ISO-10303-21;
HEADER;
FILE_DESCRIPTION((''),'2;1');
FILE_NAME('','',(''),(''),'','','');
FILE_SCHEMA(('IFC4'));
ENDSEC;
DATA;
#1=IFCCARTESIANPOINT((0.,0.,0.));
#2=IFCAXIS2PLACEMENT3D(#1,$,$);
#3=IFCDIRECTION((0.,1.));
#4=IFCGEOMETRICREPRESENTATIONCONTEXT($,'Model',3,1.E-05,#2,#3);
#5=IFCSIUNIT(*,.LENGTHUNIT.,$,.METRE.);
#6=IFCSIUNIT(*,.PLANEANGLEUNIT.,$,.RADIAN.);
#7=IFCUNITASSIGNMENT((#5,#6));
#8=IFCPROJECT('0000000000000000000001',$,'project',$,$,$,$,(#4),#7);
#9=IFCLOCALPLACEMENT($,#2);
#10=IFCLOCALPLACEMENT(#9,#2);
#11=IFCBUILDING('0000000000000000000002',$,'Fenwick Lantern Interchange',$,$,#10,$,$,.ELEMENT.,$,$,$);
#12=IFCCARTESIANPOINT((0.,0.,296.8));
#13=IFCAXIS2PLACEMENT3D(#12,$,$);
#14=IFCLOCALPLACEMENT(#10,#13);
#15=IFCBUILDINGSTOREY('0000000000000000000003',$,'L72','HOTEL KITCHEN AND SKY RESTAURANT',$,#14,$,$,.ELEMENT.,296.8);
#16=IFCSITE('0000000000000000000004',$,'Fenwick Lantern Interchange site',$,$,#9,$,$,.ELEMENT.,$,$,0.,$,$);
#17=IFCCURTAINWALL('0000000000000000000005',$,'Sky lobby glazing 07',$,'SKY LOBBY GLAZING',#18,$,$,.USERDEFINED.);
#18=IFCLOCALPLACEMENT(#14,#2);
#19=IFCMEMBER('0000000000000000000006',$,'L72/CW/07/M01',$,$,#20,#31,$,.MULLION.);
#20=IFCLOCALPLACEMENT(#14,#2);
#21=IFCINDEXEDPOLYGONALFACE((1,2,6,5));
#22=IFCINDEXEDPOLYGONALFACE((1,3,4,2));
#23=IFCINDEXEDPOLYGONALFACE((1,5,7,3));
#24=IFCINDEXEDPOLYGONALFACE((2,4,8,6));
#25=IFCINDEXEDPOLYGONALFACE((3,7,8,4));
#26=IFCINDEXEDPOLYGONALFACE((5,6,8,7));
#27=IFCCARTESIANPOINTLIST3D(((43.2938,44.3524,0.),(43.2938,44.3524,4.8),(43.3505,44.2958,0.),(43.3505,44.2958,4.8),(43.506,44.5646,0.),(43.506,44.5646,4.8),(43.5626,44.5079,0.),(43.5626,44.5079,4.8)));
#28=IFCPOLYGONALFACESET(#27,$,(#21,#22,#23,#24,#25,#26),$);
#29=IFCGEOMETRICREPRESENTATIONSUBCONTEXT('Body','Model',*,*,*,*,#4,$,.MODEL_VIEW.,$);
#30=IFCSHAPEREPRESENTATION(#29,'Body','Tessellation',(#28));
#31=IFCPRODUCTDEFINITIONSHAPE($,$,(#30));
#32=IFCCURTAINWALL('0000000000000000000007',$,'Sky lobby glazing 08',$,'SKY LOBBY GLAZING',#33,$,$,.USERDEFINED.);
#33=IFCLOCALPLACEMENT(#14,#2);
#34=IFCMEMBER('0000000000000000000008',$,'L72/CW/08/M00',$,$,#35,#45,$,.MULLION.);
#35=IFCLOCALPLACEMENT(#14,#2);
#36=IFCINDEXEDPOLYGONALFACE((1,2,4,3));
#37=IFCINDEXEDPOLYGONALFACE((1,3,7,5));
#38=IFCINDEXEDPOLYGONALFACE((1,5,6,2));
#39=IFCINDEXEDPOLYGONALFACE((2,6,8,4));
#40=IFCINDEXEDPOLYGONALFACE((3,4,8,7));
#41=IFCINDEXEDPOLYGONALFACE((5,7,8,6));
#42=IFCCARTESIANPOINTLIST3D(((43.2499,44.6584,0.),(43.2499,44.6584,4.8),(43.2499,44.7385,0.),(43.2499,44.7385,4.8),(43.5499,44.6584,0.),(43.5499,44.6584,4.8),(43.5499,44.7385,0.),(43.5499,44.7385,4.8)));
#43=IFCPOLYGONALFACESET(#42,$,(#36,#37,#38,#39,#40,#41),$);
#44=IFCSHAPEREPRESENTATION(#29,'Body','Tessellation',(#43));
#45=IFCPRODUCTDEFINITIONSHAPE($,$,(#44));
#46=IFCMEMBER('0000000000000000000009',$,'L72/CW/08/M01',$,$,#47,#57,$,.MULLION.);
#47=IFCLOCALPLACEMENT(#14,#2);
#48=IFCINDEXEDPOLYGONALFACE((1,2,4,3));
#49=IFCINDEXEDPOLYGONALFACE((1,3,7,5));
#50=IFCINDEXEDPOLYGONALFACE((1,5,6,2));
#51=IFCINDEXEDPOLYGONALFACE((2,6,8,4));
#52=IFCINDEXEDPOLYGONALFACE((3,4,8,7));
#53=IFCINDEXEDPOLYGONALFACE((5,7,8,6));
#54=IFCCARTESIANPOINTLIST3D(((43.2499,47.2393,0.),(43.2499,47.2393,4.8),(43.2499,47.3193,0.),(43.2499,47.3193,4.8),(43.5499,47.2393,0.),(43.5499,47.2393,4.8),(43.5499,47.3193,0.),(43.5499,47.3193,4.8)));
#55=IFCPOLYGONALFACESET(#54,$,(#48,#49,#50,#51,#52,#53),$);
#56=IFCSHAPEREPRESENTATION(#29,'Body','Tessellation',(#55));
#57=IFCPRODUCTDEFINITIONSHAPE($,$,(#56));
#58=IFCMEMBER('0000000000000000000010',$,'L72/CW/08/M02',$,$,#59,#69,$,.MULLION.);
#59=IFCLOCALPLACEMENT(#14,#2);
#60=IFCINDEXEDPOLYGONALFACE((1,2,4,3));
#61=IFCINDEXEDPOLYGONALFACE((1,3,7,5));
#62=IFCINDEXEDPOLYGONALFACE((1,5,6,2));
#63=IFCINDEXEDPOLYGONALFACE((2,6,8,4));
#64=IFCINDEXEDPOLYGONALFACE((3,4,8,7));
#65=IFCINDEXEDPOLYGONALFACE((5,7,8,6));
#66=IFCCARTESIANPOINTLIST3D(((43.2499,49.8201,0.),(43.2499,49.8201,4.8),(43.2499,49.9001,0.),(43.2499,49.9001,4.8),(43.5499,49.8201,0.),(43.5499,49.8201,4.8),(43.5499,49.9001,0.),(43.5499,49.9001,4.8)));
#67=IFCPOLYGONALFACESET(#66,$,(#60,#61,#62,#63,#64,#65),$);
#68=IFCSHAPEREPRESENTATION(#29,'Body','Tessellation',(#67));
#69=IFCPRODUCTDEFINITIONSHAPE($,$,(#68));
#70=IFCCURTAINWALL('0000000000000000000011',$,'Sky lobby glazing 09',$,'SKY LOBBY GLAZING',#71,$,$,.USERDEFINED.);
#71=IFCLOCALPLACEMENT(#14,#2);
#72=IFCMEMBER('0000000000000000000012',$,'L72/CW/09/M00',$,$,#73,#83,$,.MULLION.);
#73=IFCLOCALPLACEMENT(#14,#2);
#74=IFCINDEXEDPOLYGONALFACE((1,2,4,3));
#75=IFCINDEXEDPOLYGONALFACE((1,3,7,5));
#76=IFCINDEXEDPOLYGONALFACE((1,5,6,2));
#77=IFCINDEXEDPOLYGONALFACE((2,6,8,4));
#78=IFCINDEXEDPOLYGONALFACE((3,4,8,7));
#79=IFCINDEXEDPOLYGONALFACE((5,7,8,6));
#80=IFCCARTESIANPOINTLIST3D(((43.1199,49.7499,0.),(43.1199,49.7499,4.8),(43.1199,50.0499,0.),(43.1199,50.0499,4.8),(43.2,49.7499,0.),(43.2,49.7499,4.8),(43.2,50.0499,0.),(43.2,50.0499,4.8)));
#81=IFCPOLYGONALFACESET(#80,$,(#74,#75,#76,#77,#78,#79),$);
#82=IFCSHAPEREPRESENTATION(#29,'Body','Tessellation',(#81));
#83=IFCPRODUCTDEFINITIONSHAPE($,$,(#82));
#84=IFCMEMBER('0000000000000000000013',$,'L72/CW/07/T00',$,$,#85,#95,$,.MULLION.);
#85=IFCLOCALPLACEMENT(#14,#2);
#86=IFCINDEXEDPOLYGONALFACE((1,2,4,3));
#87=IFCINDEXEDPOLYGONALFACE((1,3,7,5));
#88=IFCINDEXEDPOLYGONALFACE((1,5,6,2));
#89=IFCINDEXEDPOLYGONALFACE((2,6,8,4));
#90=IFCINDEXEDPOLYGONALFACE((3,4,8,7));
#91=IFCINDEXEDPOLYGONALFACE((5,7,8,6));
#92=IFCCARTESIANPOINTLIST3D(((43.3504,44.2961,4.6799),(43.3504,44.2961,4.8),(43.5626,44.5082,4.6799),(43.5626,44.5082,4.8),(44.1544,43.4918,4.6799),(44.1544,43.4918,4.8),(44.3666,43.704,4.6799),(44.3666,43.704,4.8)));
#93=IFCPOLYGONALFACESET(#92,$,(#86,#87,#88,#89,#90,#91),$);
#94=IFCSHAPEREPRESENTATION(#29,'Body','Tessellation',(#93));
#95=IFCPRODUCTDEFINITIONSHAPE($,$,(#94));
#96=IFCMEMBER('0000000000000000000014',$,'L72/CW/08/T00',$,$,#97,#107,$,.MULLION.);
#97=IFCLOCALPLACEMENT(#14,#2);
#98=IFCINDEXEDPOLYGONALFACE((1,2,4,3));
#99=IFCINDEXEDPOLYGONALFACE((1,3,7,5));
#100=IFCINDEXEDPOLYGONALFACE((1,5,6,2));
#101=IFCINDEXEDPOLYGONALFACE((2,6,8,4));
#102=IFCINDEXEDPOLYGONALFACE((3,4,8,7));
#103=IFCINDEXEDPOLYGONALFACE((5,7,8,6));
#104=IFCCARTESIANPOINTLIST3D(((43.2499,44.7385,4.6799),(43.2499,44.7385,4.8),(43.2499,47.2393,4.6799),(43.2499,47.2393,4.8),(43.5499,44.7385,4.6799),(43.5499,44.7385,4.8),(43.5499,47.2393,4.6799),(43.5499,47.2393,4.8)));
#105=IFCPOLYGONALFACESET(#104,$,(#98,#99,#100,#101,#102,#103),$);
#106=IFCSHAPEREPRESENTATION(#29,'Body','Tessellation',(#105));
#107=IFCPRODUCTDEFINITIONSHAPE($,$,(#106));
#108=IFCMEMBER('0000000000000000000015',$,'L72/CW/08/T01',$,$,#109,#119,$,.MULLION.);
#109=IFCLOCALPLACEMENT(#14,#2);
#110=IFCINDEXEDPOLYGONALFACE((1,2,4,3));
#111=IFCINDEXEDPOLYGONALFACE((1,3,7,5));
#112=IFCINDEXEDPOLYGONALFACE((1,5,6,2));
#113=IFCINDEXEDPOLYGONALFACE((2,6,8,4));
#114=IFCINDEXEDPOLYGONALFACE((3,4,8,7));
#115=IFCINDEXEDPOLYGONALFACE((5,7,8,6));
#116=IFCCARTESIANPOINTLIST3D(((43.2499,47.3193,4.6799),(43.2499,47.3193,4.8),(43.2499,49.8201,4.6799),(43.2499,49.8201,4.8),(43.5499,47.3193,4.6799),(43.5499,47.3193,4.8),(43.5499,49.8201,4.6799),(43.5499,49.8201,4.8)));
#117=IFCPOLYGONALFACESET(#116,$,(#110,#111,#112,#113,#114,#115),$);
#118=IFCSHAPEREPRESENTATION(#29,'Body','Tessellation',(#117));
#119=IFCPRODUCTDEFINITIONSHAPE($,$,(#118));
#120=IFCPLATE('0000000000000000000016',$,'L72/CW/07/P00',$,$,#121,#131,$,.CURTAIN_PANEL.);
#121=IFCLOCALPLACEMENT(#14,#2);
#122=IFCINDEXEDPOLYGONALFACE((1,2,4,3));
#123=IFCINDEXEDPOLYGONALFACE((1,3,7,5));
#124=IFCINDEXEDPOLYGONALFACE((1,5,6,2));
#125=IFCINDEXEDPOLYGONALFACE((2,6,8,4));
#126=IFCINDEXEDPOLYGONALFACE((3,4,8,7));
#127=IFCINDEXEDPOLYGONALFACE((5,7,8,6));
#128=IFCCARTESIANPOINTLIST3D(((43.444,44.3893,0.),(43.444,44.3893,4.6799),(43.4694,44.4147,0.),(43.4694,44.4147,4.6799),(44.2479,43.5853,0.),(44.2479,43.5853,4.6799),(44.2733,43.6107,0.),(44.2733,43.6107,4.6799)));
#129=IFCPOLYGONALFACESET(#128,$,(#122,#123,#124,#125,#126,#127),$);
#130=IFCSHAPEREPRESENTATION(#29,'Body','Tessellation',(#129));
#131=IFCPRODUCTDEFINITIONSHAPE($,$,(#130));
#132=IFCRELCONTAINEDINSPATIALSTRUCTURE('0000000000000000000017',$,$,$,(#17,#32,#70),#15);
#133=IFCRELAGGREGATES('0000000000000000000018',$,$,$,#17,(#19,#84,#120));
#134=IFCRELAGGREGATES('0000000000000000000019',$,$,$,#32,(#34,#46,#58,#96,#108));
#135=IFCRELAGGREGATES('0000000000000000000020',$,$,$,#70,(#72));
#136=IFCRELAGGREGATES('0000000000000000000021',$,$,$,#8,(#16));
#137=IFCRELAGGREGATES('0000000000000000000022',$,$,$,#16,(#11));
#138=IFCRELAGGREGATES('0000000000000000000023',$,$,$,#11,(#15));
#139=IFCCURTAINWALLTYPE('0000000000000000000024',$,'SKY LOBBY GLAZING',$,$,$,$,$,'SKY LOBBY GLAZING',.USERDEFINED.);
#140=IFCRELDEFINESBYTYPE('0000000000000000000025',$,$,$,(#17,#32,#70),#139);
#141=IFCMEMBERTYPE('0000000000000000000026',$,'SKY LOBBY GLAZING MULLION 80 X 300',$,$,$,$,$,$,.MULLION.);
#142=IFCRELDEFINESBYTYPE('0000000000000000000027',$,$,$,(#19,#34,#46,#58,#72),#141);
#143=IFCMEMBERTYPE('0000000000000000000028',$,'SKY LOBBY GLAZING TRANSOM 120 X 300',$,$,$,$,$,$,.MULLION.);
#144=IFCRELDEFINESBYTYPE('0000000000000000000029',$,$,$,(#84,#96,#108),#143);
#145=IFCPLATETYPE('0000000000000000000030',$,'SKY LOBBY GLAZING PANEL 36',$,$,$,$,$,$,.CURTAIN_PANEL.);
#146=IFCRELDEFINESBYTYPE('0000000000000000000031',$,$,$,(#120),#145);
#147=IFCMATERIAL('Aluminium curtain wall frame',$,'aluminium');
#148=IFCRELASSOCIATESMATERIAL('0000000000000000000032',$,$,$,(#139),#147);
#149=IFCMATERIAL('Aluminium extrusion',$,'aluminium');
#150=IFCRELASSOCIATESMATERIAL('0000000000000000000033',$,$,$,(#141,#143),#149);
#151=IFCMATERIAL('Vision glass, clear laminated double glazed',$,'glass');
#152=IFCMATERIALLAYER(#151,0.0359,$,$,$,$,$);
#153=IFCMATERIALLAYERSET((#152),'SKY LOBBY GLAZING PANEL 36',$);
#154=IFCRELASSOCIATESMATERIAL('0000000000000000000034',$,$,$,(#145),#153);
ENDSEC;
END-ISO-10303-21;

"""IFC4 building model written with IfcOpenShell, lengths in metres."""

from ifc_helpers import new_model, si_unit, direction, frame, origin, origin_2d, place, context, subcontext, project, spatial, rectangle, extrude, material, layer, layer_set, material_profile, profile_set, type_object, element, aggregate, save


model = new_model("IFC4")

# Units and contexts
model_context = context("Model", 3, precision=1e-05, world=origin(), true_north=direction((0.0, 1.0)))
body_context = subcontext(model_context, "Body", "Model", "MODEL_VIEW")
ifc_project = project(units=[si_unit("LENGTHUNIT", "METRE"), si_unit("PLANEANGLEUNIT", "RADIAN")], contexts=[model_context])

# Site, building, storey
site_placement = place(None, origin())
site = spatial("IfcSite", under=ifc_project, at=site_placement, Name="Fenwick Lantern Interchange site", CompositionType="ELEMENT", RefElevation=0.0)
building_placement = place(site_placement, origin())
building = spatial("IfcBuilding", under=site, at=building_placement, Name="Fenwick Lantern Interchange", CompositionType="ELEMENT")
storey_placement = place(building_placement, frame((0.0, 0.0, 296.8)))
storey = spatial("IfcBuildingStorey", under=building, at=storey_placement, Name="L72", Description="HOTEL KITCHEN AND SKY RESTAURANT", CompositionType="ELEMENT", Elevation=296.8)

# Curtain wall, member
ifc_material_1 = material(Name="Aluminium curtain wall frame", Category="aluminium")
curtain_wall_type = type_object("IfcCurtainWallType", Name="SKY LOBBY GLAZING", ElementType="SKY LOBBY GLAZING", PredefinedType="USERDEFINED", material=ifc_material_1)
curtain_wall_1_placement = place(storey_placement, origin())
curtain_wall_1 = element("IfcCurtainWall", 1, at=curtain_wall_1_placement, inside=storey, type_object=curtain_wall_type, Name="Sky lobby glazing 07", ObjectType="SKY LOBBY GLAZING", PredefinedType="USERDEFINED")
ifc_material_2 = material(Name="Aluminium extrusion", Category="aluminium")
ifc_material_profile_1 = material_profile(ifc_material_2, rectangle(XDim=0.3, YDim=0.0801, at=origin_2d()), Name="SKY LOBBY GLAZING MULLION 80 X 300")
ifc_profile_set_1 = profile_set([ifc_material_profile_1], Name="Aluminium extrusion")
member_type_1 = type_object("IfcMemberType", Name="SKY LOBBY GLAZING MULLION 80 X 300", PredefinedType="MULLION", material=ifc_profile_set_1)
member_1_placement = place(storey_placement, frame((43.4282, 44.4302, 0.0), z_axis=(0.0, 0.0, 1.0), x_axis=(-0.707107, -0.707107, 0.0)))
member_1 = element("IfcMember", 2, at=member_1_placement, type_object=member_type_1, Name="L72/CW/07/M01", PredefinedType="MULLION", context=body_context, shape_type="SweptSolid", body=[
    extrude(rectangle(XDim=0.3, YDim=0.0801, at=origin_2d()), origin(), (0.0, 0.0, 1.0), 4.8),
])

# Curtain wall, members
curtain_wall_2_placement = place(storey_placement, origin())
curtain_wall_2 = element("IfcCurtainWall", 3, at=curtain_wall_2_placement, inside=storey, type_object=curtain_wall_type, Name="Sky lobby glazing 08", ObjectType="SKY LOBBY GLAZING", PredefinedType="USERDEFINED")
member_2_placement = place(storey_placement, frame((43.3999, 44.6985, 0.0), z_axis=(0.0, 0.0, 1.0), x_axis=(-1.0, 0.0, 0.0)))
member_2 = element("IfcMember", 4, at=member_2_placement, type_object=member_type_1, Name="L72/CW/08/M00", PredefinedType="MULLION", context=body_context, shape_type="SweptSolid", body=[
    extrude(rectangle(XDim=0.3, YDim=0.0801, at=origin_2d()), origin(), (0.0, 0.0, 1.0), 4.8),
])
member_3_placement = place(storey_placement, frame((43.3999, 47.2793, 0.0), z_axis=(0.0, 0.0, 1.0), x_axis=(-1.0, 0.0, 0.0)))
member_3 = element("IfcMember", 5, at=member_3_placement, type_object=member_type_1, Name="L72/CW/08/M01", PredefinedType="MULLION", context=body_context, shape_type="SweptSolid", body=[
    extrude(rectangle(XDim=0.3, YDim=0.0801, at=origin_2d()), origin(), (0.0, 0.0, 1.0), 4.8),
])
member_4_placement = place(storey_placement, frame((43.3999, 49.8601, 0.0), z_axis=(0.0, 0.0, 1.0), x_axis=(-1.0, 0.0, 0.0)))
member_4 = element("IfcMember", 6, at=member_4_placement, type_object=member_type_1, Name="L72/CW/08/M02", PredefinedType="MULLION", context=body_context, shape_type="SweptSolid", body=[
    extrude(rectangle(XDim=0.3, YDim=0.0801, at=origin_2d()), origin(), (0.0, 0.0, 1.0), 4.8),
])

# Curtain wall, member
curtain_wall_3_placement = place(storey_placement, origin())
curtain_wall_3 = element("IfcCurtainWall", 7, at=curtain_wall_3_placement, inside=storey, type_object=curtain_wall_type, Name="Sky lobby glazing 09", ObjectType="SKY LOBBY GLAZING", PredefinedType="USERDEFINED")
member_5_placement = place(storey_placement, frame((43.1599, 49.8999, 0.0), z_axis=(0.0, 0.0, 1.0), x_axis=(0.0, -1.0, 0.0)))
member_5 = element("IfcMember", 8, at=member_5_placement, type_object=member_type_1, Name="L72/CW/09/M00", PredefinedType="MULLION", context=body_context, shape_type="SweptSolid", body=[
    extrude(rectangle(XDim=0.3, YDim=0.0801, at=origin_2d()), origin(), (0.0, 0.0, 1.0), 4.8),
])

# Members
ifc_material_profile_2 = material_profile(ifc_material_2, rectangle(XDim=0.3, YDim=0.1201, at=origin_2d()), Name="SKY LOBBY GLAZING TRANSOM 120 X 300")
ifc_profile_set_2 = profile_set([ifc_material_profile_2], Name="Aluminium extrusion")
member_type_2 = type_object("IfcMemberType", Name="SKY LOBBY GLAZING TRANSOM 120 X 300", PredefinedType="MULLION", material=ifc_profile_set_2)
member_6_placement = place(storey_placement, frame((44.2605, 43.5979, 4.74), z_axis=(-0.706999, 0.707214, 0.0), x_axis=(-0.707214, -0.706999, 0.0)))
member_6 = element("IfcMember", 9, at=member_6_placement, type_object=member_type_2, Name="L72/CW/07/T00", PredefinedType="MULLION", context=body_context, shape_type="SweptSolid", body=[
    extrude(rectangle(XDim=0.3, YDim=0.1201, at=origin_2d()), origin(), (0.0, 0.0, 1.0), 1.1372),
])
member_7_placement = place(storey_placement, frame((43.3999, 44.7385, 4.74), z_axis=(0.0, 1.0, 0.0), x_axis=(-1.0, 0.0, 0.0)))
member_7 = element("IfcMember", 10, at=member_7_placement, type_object=member_type_2, Name="L72/CW/08/T00", PredefinedType="MULLION", context=body_context, shape_type="SweptSolid", body=[
    extrude(rectangle(XDim=0.3, YDim=0.1201, at=origin_2d()), origin(), (0.0, 0.0, 1.0), 2.5007),
])
member_8_placement = place(storey_placement, frame((43.3999, 47.3193, 4.74), z_axis=(0.0, 1.0, 0.0), x_axis=(-1.0, 0.0, 0.0)))
member_8 = element("IfcMember", 11, at=member_8_placement, type_object=member_type_2, Name="L72/CW/08/T01", PredefinedType="MULLION", context=body_context, shape_type="SweptSolid", body=[
    extrude(rectangle(XDim=0.3, YDim=0.1201, at=origin_2d()), origin(), (0.0, 0.0, 1.0), 2.5007),
])

# Plate
ifc_material_3 = material(Name="Vision glass, clear laminated double glazed", Category="glass")
ifc_layer_1 = layer(ifc_material_3, 0.0359)
ifc_layer_set_1 = layer_set([ifc_layer_1], Name="SKY LOBBY GLAZING PANEL 36")
plate_type = type_object("IfcPlateType", Name="SKY LOBBY GLAZING PANEL 36", PredefinedType="CURTAIN_PANEL", material=ifc_layer_set_1)
plate_1_placement = place(storey_placement, frame((43.8586, 44.0, 0.0), z_axis=(0.0, 0.0, 1.0), x_axis=(-0.707107, 0.707107, 0.0)))
plate_1 = element("IfcPlate", 12, at=plate_1_placement, type_object=plate_type, Name="L72/CW/07/P00", PredefinedType="CURTAIN_PANEL", context=body_context, shape_type="SweptSolid", body=[
    extrude(rectangle(XDim=1.137, YDim=0.0359, at=origin_2d()), origin(), (0.0, 0.0, 1.0), 4.6799),
])
aggregate(curtain_wall_1, [member_1, member_6, plate_1])
aggregate(curtain_wall_2, [member_2, member_3, member_4, member_7, member_8])
aggregate(curtain_wall_3, [member_5])

save(model, "model.ifc")
